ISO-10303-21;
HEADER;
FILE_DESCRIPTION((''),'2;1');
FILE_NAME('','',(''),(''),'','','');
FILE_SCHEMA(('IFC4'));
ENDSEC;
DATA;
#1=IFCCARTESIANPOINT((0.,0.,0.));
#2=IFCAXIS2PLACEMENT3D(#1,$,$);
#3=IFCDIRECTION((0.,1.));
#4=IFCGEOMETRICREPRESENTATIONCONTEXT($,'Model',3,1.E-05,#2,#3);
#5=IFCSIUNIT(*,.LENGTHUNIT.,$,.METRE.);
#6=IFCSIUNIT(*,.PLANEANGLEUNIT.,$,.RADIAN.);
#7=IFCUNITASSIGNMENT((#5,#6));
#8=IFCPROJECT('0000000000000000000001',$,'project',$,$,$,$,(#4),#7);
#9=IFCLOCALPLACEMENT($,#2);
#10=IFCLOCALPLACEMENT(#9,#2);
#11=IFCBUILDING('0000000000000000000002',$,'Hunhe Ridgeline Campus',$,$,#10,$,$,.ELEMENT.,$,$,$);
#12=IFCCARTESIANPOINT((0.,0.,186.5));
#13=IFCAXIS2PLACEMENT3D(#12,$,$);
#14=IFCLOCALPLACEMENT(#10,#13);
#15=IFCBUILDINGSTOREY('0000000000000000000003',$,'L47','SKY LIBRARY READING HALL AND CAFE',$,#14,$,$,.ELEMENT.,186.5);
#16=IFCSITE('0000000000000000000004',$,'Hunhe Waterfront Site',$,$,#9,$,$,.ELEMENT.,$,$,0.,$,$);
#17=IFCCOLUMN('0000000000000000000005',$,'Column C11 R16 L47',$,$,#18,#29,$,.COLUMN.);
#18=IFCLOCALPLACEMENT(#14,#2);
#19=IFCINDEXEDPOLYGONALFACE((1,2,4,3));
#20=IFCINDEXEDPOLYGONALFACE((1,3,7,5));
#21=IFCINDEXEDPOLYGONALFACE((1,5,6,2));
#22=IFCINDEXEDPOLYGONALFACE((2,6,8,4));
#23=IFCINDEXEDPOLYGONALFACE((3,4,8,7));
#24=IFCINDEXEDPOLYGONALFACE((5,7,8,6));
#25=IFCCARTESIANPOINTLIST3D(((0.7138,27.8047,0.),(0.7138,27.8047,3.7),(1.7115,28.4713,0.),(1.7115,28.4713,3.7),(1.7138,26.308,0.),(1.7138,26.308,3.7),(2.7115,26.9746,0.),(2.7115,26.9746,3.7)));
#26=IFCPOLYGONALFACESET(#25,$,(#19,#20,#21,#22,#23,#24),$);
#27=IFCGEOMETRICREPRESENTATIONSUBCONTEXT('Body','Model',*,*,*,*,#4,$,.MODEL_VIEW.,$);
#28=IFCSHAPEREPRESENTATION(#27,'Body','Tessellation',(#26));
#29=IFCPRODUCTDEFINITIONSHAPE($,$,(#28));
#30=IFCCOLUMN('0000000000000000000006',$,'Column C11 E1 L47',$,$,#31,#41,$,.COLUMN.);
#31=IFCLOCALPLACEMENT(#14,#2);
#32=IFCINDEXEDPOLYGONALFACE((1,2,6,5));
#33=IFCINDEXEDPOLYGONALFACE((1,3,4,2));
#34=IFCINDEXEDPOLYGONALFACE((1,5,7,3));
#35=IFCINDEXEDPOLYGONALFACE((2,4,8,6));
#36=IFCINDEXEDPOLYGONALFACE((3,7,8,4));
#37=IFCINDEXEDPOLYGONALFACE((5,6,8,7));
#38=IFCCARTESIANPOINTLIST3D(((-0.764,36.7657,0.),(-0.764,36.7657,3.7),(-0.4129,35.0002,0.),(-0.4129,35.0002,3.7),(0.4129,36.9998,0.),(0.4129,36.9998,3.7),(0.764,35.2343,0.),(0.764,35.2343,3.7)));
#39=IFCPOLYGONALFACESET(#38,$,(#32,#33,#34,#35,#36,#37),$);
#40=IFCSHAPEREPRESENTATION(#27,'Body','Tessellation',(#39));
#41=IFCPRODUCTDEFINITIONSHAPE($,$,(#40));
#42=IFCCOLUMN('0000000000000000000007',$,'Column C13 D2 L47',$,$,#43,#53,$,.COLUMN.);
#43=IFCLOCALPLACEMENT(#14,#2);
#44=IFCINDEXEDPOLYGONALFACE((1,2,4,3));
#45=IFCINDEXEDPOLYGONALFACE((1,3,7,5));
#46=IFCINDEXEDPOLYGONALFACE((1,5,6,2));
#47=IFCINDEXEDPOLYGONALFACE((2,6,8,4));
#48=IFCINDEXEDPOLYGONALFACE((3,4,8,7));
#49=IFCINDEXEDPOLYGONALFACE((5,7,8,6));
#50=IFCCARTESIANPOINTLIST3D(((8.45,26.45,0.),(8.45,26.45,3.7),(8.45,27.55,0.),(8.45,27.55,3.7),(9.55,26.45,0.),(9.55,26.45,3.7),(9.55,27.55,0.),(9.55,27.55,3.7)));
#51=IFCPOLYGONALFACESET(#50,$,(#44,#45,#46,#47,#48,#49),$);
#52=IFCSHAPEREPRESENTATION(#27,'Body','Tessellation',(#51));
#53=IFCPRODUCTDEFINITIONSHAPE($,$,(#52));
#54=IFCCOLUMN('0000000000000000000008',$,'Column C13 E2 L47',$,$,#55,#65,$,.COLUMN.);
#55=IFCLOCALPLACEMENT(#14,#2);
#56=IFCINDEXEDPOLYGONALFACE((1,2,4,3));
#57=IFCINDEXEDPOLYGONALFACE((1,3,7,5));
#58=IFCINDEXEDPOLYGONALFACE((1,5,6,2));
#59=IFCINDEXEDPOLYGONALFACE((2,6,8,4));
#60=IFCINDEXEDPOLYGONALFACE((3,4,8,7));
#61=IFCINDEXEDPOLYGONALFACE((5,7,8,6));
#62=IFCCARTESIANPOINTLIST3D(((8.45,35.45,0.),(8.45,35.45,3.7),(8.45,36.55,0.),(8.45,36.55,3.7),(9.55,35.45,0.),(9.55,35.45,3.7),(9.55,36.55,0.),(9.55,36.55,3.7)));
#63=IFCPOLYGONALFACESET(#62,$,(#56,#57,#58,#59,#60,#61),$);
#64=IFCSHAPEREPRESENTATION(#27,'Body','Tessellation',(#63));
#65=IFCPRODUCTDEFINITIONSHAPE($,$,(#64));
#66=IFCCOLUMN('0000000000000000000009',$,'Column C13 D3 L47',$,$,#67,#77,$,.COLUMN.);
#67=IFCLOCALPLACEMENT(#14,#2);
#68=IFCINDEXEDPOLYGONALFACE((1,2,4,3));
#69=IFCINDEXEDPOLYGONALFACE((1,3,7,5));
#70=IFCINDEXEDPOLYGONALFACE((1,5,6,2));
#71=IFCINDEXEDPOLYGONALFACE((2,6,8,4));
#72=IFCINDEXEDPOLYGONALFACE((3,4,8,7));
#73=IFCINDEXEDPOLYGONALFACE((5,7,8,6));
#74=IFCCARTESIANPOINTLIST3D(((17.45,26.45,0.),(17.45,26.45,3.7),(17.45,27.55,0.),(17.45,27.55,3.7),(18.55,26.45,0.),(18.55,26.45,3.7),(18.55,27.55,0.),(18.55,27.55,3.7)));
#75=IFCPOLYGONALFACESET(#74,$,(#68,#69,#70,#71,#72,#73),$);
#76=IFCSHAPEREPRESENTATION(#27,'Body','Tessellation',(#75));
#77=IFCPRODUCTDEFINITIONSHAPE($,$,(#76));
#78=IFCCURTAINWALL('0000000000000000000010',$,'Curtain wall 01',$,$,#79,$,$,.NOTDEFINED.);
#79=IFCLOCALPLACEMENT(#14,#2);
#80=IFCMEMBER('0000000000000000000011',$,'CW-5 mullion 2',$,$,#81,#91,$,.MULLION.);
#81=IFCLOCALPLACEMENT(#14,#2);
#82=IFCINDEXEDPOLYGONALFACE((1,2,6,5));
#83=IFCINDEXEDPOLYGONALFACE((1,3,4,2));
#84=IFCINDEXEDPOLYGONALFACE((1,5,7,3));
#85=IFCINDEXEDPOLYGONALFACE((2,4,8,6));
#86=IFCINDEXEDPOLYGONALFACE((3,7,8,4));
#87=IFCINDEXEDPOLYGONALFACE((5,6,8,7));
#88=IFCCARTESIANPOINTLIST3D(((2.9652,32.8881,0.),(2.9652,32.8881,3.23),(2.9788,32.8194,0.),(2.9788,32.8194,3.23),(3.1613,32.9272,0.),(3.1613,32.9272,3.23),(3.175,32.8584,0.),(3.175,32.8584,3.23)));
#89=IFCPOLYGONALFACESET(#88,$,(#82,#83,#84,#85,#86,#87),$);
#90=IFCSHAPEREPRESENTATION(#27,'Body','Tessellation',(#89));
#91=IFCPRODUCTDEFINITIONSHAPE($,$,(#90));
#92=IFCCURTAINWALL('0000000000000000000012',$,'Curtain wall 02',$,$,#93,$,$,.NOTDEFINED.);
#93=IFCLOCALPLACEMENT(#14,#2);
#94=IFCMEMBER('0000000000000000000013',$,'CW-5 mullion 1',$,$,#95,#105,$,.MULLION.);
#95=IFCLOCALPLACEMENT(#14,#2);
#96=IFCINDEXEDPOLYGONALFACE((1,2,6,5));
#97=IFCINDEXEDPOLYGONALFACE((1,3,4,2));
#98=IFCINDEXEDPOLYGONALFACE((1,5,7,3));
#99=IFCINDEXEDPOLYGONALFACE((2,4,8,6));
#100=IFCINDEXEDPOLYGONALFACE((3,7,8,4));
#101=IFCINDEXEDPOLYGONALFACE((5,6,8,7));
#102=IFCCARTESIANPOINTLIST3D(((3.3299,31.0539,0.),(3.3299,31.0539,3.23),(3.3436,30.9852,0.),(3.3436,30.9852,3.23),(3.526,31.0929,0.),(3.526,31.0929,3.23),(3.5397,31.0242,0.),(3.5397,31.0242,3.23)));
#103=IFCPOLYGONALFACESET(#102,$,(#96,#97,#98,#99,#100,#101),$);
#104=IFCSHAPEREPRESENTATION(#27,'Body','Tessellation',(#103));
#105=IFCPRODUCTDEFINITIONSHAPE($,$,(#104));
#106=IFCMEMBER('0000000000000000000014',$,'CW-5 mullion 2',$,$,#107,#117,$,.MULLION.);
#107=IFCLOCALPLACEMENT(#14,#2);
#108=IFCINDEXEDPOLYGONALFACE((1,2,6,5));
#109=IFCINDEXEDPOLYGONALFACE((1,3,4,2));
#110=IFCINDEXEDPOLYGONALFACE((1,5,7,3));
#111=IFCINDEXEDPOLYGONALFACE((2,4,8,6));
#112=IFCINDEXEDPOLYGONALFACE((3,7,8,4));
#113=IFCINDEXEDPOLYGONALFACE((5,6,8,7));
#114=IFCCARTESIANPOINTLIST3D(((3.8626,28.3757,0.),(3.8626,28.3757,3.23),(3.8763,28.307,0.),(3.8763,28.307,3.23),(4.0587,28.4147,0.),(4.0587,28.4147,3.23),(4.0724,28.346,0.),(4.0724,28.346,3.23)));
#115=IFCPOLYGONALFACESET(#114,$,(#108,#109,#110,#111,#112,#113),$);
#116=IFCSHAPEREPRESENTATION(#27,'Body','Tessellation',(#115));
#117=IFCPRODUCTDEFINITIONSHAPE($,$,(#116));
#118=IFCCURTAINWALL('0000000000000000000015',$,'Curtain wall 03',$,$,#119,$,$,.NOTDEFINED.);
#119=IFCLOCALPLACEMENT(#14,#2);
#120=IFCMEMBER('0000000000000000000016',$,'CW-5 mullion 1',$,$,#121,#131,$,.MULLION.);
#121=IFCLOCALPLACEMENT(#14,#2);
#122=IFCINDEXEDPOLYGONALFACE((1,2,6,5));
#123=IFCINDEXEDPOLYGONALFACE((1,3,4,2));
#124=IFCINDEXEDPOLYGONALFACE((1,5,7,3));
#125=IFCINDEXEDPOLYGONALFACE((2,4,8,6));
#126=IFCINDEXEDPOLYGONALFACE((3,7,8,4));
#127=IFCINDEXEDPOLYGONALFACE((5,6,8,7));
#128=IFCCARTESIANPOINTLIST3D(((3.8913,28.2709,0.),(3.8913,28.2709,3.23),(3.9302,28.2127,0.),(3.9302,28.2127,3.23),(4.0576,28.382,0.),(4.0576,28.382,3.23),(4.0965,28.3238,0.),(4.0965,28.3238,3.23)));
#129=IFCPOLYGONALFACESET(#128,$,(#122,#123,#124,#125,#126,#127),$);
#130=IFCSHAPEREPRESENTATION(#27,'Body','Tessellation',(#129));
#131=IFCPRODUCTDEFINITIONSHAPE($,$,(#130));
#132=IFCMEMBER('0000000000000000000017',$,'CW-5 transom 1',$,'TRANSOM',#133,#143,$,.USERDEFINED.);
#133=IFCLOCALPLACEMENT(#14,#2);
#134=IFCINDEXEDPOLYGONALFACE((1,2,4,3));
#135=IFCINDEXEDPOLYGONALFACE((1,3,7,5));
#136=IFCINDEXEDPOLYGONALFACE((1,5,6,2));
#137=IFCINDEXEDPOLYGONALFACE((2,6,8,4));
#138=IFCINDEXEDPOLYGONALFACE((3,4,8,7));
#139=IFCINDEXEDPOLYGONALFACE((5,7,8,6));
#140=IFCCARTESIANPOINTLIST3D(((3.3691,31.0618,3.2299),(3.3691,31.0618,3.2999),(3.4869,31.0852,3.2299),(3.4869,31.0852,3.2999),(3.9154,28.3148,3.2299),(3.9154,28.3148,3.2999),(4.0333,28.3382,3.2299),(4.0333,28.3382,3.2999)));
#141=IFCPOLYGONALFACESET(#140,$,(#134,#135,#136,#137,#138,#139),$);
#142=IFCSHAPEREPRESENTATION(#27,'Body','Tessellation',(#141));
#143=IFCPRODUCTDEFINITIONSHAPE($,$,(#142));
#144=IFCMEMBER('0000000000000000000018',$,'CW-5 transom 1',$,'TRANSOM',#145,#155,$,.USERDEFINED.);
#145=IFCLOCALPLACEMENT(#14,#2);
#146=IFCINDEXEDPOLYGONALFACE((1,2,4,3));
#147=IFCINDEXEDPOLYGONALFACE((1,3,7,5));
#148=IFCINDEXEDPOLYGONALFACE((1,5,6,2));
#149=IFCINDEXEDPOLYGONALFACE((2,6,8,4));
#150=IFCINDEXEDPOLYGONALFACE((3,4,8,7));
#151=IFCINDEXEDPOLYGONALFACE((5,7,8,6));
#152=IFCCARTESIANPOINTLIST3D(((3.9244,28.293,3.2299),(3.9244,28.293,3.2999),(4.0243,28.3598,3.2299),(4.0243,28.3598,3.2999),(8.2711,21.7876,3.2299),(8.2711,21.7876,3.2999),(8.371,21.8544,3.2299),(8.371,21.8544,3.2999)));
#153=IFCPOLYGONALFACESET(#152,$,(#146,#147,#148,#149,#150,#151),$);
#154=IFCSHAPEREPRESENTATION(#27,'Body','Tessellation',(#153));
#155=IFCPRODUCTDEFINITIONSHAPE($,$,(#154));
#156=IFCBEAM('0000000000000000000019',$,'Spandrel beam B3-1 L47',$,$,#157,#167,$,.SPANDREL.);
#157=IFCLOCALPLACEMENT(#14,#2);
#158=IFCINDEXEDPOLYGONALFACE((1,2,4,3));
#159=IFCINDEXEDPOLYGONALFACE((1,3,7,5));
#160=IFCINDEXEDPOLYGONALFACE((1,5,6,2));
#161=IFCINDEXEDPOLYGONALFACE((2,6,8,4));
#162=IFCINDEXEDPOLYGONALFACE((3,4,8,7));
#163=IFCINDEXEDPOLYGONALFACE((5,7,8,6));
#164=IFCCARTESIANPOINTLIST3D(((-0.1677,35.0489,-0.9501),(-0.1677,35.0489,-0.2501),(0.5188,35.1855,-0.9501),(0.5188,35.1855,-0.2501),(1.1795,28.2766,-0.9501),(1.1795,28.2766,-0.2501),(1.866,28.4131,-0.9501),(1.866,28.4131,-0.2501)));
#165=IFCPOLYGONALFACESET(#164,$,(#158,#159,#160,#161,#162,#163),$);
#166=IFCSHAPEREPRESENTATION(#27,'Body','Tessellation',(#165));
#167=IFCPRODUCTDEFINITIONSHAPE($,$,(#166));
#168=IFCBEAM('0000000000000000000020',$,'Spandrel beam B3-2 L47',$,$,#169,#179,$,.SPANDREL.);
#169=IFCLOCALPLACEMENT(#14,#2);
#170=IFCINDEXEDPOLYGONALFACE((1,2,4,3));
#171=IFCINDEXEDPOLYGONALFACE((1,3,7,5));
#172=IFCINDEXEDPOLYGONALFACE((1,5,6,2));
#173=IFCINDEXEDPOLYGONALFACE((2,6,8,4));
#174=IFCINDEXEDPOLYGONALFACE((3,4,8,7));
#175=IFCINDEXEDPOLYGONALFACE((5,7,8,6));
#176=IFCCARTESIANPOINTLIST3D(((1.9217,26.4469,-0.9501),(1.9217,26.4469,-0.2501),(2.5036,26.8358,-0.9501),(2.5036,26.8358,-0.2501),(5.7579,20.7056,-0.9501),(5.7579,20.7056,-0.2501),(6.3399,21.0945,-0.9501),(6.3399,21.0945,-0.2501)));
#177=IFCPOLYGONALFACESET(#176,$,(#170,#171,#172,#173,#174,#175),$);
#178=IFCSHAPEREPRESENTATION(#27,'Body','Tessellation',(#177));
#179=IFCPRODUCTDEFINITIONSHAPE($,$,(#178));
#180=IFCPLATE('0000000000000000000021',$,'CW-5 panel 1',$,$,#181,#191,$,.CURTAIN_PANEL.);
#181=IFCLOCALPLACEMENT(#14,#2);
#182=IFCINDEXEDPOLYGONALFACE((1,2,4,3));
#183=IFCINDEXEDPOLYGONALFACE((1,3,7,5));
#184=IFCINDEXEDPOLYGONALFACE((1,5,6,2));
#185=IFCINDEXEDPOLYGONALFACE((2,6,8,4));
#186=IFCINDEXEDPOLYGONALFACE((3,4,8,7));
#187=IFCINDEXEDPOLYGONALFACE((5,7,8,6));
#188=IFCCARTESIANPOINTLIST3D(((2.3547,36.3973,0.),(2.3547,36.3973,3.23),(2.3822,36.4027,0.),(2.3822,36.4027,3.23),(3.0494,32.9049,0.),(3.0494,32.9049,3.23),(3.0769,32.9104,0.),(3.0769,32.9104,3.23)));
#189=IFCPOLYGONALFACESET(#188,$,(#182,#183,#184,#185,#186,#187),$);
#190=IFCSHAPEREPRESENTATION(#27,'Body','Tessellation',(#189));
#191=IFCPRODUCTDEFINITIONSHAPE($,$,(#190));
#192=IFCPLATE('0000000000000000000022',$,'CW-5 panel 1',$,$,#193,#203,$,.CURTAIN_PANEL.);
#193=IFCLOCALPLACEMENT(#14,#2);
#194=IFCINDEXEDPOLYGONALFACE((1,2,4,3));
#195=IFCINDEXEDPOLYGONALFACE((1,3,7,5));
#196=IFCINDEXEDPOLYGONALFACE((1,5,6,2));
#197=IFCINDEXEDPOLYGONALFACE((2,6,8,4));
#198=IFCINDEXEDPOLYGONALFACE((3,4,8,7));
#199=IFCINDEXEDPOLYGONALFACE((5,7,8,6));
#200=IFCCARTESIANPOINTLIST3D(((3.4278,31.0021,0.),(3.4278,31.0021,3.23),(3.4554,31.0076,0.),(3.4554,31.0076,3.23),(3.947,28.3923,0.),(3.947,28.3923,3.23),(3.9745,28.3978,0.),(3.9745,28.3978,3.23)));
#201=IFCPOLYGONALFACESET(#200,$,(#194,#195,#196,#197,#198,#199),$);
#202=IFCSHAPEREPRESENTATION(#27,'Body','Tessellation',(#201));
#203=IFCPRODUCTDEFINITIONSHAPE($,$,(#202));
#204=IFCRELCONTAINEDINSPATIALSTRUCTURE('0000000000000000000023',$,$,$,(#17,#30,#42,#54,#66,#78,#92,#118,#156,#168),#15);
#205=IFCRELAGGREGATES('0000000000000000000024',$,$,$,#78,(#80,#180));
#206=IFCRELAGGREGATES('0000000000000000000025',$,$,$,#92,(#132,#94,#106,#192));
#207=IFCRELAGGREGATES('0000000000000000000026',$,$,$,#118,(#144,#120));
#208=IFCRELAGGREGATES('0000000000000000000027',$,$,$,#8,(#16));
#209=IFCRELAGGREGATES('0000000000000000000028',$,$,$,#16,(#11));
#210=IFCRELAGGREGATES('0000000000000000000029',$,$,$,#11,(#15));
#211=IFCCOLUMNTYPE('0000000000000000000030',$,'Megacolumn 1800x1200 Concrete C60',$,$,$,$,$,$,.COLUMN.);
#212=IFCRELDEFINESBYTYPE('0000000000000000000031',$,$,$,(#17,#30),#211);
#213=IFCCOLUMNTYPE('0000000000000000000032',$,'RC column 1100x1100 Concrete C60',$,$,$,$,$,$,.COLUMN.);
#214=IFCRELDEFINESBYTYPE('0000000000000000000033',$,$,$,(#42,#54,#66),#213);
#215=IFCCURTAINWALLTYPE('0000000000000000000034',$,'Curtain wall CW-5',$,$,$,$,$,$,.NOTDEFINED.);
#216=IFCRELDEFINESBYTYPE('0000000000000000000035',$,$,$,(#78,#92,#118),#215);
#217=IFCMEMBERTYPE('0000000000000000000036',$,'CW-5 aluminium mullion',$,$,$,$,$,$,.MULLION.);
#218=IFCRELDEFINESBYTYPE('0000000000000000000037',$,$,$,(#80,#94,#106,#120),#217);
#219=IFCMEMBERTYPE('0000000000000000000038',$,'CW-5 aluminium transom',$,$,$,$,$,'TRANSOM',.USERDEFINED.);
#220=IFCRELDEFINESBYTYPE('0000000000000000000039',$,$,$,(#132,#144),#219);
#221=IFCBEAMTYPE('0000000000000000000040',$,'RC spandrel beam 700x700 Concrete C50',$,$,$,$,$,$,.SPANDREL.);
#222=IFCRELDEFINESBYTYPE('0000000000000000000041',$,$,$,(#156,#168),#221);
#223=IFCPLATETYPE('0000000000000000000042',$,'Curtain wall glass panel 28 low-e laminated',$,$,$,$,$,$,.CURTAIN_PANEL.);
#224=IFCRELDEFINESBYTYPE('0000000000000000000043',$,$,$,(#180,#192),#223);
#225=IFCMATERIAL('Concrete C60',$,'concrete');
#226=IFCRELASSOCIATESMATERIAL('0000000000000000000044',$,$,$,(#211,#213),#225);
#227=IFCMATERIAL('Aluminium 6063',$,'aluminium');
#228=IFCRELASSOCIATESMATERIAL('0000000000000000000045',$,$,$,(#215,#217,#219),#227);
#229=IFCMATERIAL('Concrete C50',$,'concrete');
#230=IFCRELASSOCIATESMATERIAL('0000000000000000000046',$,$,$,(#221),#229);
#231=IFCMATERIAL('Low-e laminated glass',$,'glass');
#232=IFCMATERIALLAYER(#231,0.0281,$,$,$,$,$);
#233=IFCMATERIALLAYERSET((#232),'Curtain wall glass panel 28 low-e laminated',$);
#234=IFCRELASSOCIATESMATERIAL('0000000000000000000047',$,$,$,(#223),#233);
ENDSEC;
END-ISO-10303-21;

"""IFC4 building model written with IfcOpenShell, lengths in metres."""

from ifc_helpers import new_model, si_unit, direction, frame, origin, origin_2d, place, context, subcontext, project, spatial, rectangle, extrude, material, layer, layer_set, material_profile, profile_set, type_object, element, aggregate, save


model = new_model("IFC4")

# Units and contexts
model_context = context("Model", 3, precision=1e-05, world=origin(), true_north=direction((0.0, 1.0)))
body_context = subcontext(model_context, "Body", "Model", "MODEL_VIEW")
ifc_project = project(units=[si_unit("LENGTHUNIT", "METRE"), si_unit("PLANEANGLEUNIT", "RADIAN")], contexts=[model_context])

# Site, building, storey
site_placement = place(None, origin())
site = spatial("IfcSite", under=ifc_project, at=site_placement, Name="Hunhe Waterfront Site", CompositionType="ELEMENT", RefElevation=0.0)
building_placement = place(site_placement, origin())
building = spatial("IfcBuilding", under=site, at=building_placement, Name="Hunhe Ridgeline Campus", CompositionType="ELEMENT")
storey_placement = place(building_placement, frame((0.0, 0.0, 186.5)))
storey = spatial("IfcBuildingStorey", under=building, at=storey_placement, Name="L47", Description="SKY LIBRARY READING HALL AND CAFE", CompositionType="ELEMENT", Elevation=186.5)

# Columns
ifc_material_1 = material(Name="Concrete C60", Category="concrete")
ifc_material_profile_1 = material_profile(ifc_material_1, rectangle(XDim=1.8, YDim=1.2, at=origin_2d()))
ifc_profile_set_1 = profile_set([ifc_material_profile_1], Name="Concrete C60")
column_type_1 = type_object("IfcColumnType", Name="Megacolumn 1800x1200 Concrete C60", PredefinedType="COLUMN", material=ifc_profile_set_1)
for number, where, z_axis, x_axis, name in (
    (1, (1.7126, 27.3896, 0.0), (0.0, 0.0, 1.0), (-0.55557, 0.83147, 0.0), "Column C11 R16 L47"),
    (2, (0.0, 36.0, 0.0), (0.0, 0.0, 1.0), (-0.19509, 0.980785, 0.0), "Column C11 E1 L47"),
):
    element("IfcColumn", number, at=place(storey_placement, frame(where, z_axis=z_axis, x_axis=x_axis)), inside=storey, type_object=column_type_1, Name=name, PredefinedType="COLUMN", context=body_context, shape_type="SweptSolid", body=[
        extrude(rectangle(XDim=1.8, YDim=1.2, at=origin_2d()), origin(), (0.0, 0.0, 1.0), 3.7),
    ])
ifc_material_profile_2 = material_profile(ifc_material_1, rectangle(XDim=1.1001, YDim=1.1001, at=origin_2d()))
ifc_profile_set_2 = profile_set([ifc_material_profile_2], Name="Concrete C60")
column_type_2 = type_object("IfcColumnType", Name="RC column 1100x1100 Concrete C60", PredefinedType="COLUMN", material=ifc_profile_set_2)
for number, where, z_axis, x_axis, name in (
    (3, (9.0, 27.0, 0.0), (0.0, 0.0, 1.0), (1.0, 0.0, 0.0), "Column C13 D2 L47"),
    (4, (9.0, 36.0, 0.0), (0.0, 0.0, 1.0), (1.0, 0.0, 0.0), "Column C13 E2 L47"),
    (5, (18.0, 27.0, 0.0), (0.0, 0.0, 1.0), (1.0, 0.0, 0.0), "Column C13 D3 L47"),
):
    element("IfcColumn", number, at=place(storey_placement, frame(where, z_axis=z_axis, x_axis=x_axis)), inside=storey, type_object=column_type_2, Name=name, PredefinedType="COLUMN", context=body_context, shape_type="SweptSolid", body=[
        extrude(rectangle(XDim=1.1001, YDim=1.1001, at=origin_2d()), origin(), (0.0, 0.0, 1.0), 3.7),
    ])

# Curtain wall, member
ifc_material_2 = material(Name="Aluminium 6063", Category="aluminium")
curtain_wall_type = type_object("IfcCurtainWallType", Name="Curtain wall CW-5", PredefinedType="NOTDEFINED", material=ifc_material_2)
curtain_wall_1_placement = place(storey_placement, origin())
curtain_wall_1 = element("IfcCurtainWall", 6, at=curtain_wall_1_placement, inside=storey, type_object=curtain_wall_type, Name="Curtain wall 01", PredefinedType="NOTDEFINED")
ifc_material_profile_3 = material_profile(ifc_material_2, rectangle(XDim=0.2, YDim=0.0701, at=origin_2d()))
ifc_profile_set_3 = profile_set([ifc_material_profile_3], Name="Aluminium 6063")
member_type_1 = type_object("IfcMemberType", Name="CW-5 aluminium mullion", PredefinedType="MULLION", material=ifc_profile_set_3)
member_1_placement = place(storey_placement, frame((3.0701, 32.8733, 0.0), z_axis=(0.0, 0.0, 1.0), x_axis=(0.980784, 0.195095, 0.0)))
member_1 = element("IfcMember", 7, at=member_1_placement, type_object=member_type_1, Name="CW-5 mullion 2", PredefinedType="MULLION", context=body_context, shape_type="SweptSolid", body=[
    extrude(rectangle(XDim=0.2, YDim=0.0701, at=origin_2d()), origin(), (0.0, 0.0, 1.0), 3.23),
])

# Curtain wall, members
curtain_wall_2_placement = place(storey_placement, origin())
curtain_wall_2 = element("IfcCurtainWall", 8, at=curtain_wall_2_placement, inside=storey, type_object=curtain_wall_type, Name="Curtain wall 02", PredefinedType="NOTDEFINED")
member_2_placement = place(storey_placement, frame((3.4348, 31.0391, 0.0), z_axis=(0.0, 0.0, 1.0), x_axis=(0.980784, 0.195095, 0.0)))
member_2 = element("IfcMember", 9, at=member_2_placement, type_object=member_type_1, Name="CW-5 mullion 1", PredefinedType="MULLION", context=body_context, shape_type="SweptSolid", body=[
    extrude(rectangle(XDim=0.2, YDim=0.0701, at=origin_2d()), origin(), (0.0, 0.0, 1.0), 3.23),
])
member_3_placement = place(storey_placement, frame((3.9675, 28.3608, 0.0), z_axis=(0.0, 0.0, 1.0), x_axis=(0.980784, 0.195095, 0.0)))
member_3 = element("IfcMember", 10, at=member_3_placement, type_object=member_type_1, Name="CW-5 mullion 2", PredefinedType="MULLION", context=body_context, shape_type="SweptSolid", body=[
    extrude(rectangle(XDim=0.2, YDim=0.0701, at=origin_2d()), origin(), (0.0, 0.0, 1.0), 3.23),
])

# Curtain wall, member
curtain_wall_3_placement = place(storey_placement, origin())
curtain_wall_3 = element("IfcCurtainWall", 11, at=curtain_wall_3_placement, inside=storey, type_object=curtain_wall_type, Name="Curtain wall 03", PredefinedType="NOTDEFINED")
member_4_placement = place(storey_placement, frame((3.9939, 28.2974, 0.0), z_axis=(0.0, 0.0, 1.0), x_axis=(0.83147, 0.55557, 0.0)))
member_4 = element("IfcMember", 12, at=member_4_placement, type_object=member_type_1, Name="CW-5 mullion 1", PredefinedType="MULLION", context=body_context, shape_type="SweptSolid", body=[
    extrude(rectangle(XDim=0.2, YDim=0.0701, at=origin_2d()), origin(), (0.0, 0.0, 1.0), 3.23),
])

# Members
ifc_material_profile_4 = material_profile(ifc_material_2, rectangle(XDim=0.1201, YDim=0.0701, at=origin_2d()))
ifc_profile_set_4 = profile_set([ifc_material_profile_4], Name="Aluminium 6063")
member_type_2 = type_object("IfcMemberType", Name="CW-5 aluminium transom", ElementType="TRANSOM", PredefinedType="USERDEFINED", material=ifc_profile_set_4)
member_5_placement = place(storey_placement, frame((3.428, 31.0735, 3.2649), z_axis=(0.195077, -0.980788, 0.0), x_axis=(0.980788, 0.195077, 0.0)))
member_5 = element("IfcMember", 13, at=member_5_placement, type_object=member_type_2, Name="CW-5 transom 1", ObjectType="TRANSOM", PredefinedType="USERDEFINED", context=body_context, shape_type="SweptSolid", body=[
    extrude(rectangle(XDim=0.1201, YDim=0.0701, at=origin_2d()), origin(), (0.0, 0.0, 1.0), 2.8008),
])
member_6_placement = place(storey_placement, frame((3.9744, 28.3264, 3.2649), z_axis=(0.555564, -0.831474, 0.0), x_axis=(0.831474, 0.555564, 0.0)))
member_6 = element("IfcMember", 14, at=member_6_placement, type_object=member_type_2, Name="CW-5 transom 1", ObjectType="TRANSOM", PredefinedType="USERDEFINED", context=body_context, shape_type="SweptSolid", body=[
    extrude(rectangle(XDim=0.1201, YDim=0.0701, at=origin_2d()), origin(), (0.0, 0.0, 1.0), 7.824),
])

# Beams
ifc_material_3 = material(Name="Concrete C50", Category="concrete")
ifc_material_profile_5 = material_profile(ifc_material_3, rectangle(XDim=0.7, YDim=0.7, at=origin_2d()))
ifc_profile_set_5 = profile_set([ifc_material_profile_5], Name="Concrete C50")
beam_type = type_object("IfcBeamType", Name="RC spandrel beam 700x700 Concrete C50", PredefinedType="SPANDREL", material=ifc_profile_set_5)
for number, where, z_axis, x_axis, name in (
    (15, (0.1755, 35.1172, -0.6001), (0.195103, -0.980783, 0.0), (0.980783, 0.195103, 0.0), "Spandrel beam B3-1 L47"),
    (16, (2.2126, 26.6414, -0.6001), (0.555573, -0.831468, 0.0), (0.831468, 0.555573, 0.0), "Spandrel beam B3-2 L47"),
):
    element("IfcBeam", number, at=place(storey_placement, frame(where, z_axis=z_axis, x_axis=x_axis)), inside=storey, type_object=beam_type, Name=name, PredefinedType="SPANDREL", context=body_context, shape_type="SweptSolid", body=[
        extrude(rectangle(XDim=0.7, YDim=0.7, at=origin_2d()), origin(), (0.0, 0.0, 1.0), 6.905),
    ])

# Plates
ifc_material_4 = material(Name="Low-e laminated glass", Category="glass")
ifc_layer_1 = layer(ifc_material_4, 0.0281)
ifc_layer_set_1 = layer_set([ifc_layer_1], Name="Curtain wall glass panel 28 low-e laminated")
plate_type = type_object("IfcPlateType", Name="Curtain wall glass panel 28 low-e laminated", PredefinedType="CURTAIN_PANEL", material=ifc_layer_set_1)
plate_1_placement = place(storey_placement, frame((2.7158, 34.6538, 0.0), z_axis=(0.0, 0.0, 1.0), x_axis=(0.195095, -0.980784, 0.0)))
plate_1 = element("IfcPlate", 17, at=plate_1_placement, type_object=plate_type, Name="CW-5 panel 1", PredefinedType="CURTAIN_PANEL", context=body_context, shape_type="SweptSolid", body=[
    extrude(rectangle(XDim=3.5608, YDim=0.0281, at=origin_2d()), origin(), (0.0, 0.0, 1.0), 3.23),
])
aggregate(curtain_wall_1, [member_1, plate_1])
plate_2_placement = place(storey_placement, frame((3.7012, 29.7, 0.0), z_axis=(0.0, 0.0, 1.0), x_axis=(0.195095, -0.980784, 0.0)))
plate_2 = element("IfcPlate", 18, at=plate_2_placement, type_object=plate_type, Name="CW-5 panel 1", PredefinedType="CURTAIN_PANEL", context=body_context, shape_type="SweptSolid", body=[
    extrude(rectangle(XDim=2.6609, YDim=0.0281, at=origin_2d()), origin(), (0.0, 0.0, 1.0), 3.23),
])
aggregate(curtain_wall_2, [member_5, member_2, member_3, plate_2])
aggregate(curtain_wall_3, [member_6, member_4])

save(model, "model.ifc")
